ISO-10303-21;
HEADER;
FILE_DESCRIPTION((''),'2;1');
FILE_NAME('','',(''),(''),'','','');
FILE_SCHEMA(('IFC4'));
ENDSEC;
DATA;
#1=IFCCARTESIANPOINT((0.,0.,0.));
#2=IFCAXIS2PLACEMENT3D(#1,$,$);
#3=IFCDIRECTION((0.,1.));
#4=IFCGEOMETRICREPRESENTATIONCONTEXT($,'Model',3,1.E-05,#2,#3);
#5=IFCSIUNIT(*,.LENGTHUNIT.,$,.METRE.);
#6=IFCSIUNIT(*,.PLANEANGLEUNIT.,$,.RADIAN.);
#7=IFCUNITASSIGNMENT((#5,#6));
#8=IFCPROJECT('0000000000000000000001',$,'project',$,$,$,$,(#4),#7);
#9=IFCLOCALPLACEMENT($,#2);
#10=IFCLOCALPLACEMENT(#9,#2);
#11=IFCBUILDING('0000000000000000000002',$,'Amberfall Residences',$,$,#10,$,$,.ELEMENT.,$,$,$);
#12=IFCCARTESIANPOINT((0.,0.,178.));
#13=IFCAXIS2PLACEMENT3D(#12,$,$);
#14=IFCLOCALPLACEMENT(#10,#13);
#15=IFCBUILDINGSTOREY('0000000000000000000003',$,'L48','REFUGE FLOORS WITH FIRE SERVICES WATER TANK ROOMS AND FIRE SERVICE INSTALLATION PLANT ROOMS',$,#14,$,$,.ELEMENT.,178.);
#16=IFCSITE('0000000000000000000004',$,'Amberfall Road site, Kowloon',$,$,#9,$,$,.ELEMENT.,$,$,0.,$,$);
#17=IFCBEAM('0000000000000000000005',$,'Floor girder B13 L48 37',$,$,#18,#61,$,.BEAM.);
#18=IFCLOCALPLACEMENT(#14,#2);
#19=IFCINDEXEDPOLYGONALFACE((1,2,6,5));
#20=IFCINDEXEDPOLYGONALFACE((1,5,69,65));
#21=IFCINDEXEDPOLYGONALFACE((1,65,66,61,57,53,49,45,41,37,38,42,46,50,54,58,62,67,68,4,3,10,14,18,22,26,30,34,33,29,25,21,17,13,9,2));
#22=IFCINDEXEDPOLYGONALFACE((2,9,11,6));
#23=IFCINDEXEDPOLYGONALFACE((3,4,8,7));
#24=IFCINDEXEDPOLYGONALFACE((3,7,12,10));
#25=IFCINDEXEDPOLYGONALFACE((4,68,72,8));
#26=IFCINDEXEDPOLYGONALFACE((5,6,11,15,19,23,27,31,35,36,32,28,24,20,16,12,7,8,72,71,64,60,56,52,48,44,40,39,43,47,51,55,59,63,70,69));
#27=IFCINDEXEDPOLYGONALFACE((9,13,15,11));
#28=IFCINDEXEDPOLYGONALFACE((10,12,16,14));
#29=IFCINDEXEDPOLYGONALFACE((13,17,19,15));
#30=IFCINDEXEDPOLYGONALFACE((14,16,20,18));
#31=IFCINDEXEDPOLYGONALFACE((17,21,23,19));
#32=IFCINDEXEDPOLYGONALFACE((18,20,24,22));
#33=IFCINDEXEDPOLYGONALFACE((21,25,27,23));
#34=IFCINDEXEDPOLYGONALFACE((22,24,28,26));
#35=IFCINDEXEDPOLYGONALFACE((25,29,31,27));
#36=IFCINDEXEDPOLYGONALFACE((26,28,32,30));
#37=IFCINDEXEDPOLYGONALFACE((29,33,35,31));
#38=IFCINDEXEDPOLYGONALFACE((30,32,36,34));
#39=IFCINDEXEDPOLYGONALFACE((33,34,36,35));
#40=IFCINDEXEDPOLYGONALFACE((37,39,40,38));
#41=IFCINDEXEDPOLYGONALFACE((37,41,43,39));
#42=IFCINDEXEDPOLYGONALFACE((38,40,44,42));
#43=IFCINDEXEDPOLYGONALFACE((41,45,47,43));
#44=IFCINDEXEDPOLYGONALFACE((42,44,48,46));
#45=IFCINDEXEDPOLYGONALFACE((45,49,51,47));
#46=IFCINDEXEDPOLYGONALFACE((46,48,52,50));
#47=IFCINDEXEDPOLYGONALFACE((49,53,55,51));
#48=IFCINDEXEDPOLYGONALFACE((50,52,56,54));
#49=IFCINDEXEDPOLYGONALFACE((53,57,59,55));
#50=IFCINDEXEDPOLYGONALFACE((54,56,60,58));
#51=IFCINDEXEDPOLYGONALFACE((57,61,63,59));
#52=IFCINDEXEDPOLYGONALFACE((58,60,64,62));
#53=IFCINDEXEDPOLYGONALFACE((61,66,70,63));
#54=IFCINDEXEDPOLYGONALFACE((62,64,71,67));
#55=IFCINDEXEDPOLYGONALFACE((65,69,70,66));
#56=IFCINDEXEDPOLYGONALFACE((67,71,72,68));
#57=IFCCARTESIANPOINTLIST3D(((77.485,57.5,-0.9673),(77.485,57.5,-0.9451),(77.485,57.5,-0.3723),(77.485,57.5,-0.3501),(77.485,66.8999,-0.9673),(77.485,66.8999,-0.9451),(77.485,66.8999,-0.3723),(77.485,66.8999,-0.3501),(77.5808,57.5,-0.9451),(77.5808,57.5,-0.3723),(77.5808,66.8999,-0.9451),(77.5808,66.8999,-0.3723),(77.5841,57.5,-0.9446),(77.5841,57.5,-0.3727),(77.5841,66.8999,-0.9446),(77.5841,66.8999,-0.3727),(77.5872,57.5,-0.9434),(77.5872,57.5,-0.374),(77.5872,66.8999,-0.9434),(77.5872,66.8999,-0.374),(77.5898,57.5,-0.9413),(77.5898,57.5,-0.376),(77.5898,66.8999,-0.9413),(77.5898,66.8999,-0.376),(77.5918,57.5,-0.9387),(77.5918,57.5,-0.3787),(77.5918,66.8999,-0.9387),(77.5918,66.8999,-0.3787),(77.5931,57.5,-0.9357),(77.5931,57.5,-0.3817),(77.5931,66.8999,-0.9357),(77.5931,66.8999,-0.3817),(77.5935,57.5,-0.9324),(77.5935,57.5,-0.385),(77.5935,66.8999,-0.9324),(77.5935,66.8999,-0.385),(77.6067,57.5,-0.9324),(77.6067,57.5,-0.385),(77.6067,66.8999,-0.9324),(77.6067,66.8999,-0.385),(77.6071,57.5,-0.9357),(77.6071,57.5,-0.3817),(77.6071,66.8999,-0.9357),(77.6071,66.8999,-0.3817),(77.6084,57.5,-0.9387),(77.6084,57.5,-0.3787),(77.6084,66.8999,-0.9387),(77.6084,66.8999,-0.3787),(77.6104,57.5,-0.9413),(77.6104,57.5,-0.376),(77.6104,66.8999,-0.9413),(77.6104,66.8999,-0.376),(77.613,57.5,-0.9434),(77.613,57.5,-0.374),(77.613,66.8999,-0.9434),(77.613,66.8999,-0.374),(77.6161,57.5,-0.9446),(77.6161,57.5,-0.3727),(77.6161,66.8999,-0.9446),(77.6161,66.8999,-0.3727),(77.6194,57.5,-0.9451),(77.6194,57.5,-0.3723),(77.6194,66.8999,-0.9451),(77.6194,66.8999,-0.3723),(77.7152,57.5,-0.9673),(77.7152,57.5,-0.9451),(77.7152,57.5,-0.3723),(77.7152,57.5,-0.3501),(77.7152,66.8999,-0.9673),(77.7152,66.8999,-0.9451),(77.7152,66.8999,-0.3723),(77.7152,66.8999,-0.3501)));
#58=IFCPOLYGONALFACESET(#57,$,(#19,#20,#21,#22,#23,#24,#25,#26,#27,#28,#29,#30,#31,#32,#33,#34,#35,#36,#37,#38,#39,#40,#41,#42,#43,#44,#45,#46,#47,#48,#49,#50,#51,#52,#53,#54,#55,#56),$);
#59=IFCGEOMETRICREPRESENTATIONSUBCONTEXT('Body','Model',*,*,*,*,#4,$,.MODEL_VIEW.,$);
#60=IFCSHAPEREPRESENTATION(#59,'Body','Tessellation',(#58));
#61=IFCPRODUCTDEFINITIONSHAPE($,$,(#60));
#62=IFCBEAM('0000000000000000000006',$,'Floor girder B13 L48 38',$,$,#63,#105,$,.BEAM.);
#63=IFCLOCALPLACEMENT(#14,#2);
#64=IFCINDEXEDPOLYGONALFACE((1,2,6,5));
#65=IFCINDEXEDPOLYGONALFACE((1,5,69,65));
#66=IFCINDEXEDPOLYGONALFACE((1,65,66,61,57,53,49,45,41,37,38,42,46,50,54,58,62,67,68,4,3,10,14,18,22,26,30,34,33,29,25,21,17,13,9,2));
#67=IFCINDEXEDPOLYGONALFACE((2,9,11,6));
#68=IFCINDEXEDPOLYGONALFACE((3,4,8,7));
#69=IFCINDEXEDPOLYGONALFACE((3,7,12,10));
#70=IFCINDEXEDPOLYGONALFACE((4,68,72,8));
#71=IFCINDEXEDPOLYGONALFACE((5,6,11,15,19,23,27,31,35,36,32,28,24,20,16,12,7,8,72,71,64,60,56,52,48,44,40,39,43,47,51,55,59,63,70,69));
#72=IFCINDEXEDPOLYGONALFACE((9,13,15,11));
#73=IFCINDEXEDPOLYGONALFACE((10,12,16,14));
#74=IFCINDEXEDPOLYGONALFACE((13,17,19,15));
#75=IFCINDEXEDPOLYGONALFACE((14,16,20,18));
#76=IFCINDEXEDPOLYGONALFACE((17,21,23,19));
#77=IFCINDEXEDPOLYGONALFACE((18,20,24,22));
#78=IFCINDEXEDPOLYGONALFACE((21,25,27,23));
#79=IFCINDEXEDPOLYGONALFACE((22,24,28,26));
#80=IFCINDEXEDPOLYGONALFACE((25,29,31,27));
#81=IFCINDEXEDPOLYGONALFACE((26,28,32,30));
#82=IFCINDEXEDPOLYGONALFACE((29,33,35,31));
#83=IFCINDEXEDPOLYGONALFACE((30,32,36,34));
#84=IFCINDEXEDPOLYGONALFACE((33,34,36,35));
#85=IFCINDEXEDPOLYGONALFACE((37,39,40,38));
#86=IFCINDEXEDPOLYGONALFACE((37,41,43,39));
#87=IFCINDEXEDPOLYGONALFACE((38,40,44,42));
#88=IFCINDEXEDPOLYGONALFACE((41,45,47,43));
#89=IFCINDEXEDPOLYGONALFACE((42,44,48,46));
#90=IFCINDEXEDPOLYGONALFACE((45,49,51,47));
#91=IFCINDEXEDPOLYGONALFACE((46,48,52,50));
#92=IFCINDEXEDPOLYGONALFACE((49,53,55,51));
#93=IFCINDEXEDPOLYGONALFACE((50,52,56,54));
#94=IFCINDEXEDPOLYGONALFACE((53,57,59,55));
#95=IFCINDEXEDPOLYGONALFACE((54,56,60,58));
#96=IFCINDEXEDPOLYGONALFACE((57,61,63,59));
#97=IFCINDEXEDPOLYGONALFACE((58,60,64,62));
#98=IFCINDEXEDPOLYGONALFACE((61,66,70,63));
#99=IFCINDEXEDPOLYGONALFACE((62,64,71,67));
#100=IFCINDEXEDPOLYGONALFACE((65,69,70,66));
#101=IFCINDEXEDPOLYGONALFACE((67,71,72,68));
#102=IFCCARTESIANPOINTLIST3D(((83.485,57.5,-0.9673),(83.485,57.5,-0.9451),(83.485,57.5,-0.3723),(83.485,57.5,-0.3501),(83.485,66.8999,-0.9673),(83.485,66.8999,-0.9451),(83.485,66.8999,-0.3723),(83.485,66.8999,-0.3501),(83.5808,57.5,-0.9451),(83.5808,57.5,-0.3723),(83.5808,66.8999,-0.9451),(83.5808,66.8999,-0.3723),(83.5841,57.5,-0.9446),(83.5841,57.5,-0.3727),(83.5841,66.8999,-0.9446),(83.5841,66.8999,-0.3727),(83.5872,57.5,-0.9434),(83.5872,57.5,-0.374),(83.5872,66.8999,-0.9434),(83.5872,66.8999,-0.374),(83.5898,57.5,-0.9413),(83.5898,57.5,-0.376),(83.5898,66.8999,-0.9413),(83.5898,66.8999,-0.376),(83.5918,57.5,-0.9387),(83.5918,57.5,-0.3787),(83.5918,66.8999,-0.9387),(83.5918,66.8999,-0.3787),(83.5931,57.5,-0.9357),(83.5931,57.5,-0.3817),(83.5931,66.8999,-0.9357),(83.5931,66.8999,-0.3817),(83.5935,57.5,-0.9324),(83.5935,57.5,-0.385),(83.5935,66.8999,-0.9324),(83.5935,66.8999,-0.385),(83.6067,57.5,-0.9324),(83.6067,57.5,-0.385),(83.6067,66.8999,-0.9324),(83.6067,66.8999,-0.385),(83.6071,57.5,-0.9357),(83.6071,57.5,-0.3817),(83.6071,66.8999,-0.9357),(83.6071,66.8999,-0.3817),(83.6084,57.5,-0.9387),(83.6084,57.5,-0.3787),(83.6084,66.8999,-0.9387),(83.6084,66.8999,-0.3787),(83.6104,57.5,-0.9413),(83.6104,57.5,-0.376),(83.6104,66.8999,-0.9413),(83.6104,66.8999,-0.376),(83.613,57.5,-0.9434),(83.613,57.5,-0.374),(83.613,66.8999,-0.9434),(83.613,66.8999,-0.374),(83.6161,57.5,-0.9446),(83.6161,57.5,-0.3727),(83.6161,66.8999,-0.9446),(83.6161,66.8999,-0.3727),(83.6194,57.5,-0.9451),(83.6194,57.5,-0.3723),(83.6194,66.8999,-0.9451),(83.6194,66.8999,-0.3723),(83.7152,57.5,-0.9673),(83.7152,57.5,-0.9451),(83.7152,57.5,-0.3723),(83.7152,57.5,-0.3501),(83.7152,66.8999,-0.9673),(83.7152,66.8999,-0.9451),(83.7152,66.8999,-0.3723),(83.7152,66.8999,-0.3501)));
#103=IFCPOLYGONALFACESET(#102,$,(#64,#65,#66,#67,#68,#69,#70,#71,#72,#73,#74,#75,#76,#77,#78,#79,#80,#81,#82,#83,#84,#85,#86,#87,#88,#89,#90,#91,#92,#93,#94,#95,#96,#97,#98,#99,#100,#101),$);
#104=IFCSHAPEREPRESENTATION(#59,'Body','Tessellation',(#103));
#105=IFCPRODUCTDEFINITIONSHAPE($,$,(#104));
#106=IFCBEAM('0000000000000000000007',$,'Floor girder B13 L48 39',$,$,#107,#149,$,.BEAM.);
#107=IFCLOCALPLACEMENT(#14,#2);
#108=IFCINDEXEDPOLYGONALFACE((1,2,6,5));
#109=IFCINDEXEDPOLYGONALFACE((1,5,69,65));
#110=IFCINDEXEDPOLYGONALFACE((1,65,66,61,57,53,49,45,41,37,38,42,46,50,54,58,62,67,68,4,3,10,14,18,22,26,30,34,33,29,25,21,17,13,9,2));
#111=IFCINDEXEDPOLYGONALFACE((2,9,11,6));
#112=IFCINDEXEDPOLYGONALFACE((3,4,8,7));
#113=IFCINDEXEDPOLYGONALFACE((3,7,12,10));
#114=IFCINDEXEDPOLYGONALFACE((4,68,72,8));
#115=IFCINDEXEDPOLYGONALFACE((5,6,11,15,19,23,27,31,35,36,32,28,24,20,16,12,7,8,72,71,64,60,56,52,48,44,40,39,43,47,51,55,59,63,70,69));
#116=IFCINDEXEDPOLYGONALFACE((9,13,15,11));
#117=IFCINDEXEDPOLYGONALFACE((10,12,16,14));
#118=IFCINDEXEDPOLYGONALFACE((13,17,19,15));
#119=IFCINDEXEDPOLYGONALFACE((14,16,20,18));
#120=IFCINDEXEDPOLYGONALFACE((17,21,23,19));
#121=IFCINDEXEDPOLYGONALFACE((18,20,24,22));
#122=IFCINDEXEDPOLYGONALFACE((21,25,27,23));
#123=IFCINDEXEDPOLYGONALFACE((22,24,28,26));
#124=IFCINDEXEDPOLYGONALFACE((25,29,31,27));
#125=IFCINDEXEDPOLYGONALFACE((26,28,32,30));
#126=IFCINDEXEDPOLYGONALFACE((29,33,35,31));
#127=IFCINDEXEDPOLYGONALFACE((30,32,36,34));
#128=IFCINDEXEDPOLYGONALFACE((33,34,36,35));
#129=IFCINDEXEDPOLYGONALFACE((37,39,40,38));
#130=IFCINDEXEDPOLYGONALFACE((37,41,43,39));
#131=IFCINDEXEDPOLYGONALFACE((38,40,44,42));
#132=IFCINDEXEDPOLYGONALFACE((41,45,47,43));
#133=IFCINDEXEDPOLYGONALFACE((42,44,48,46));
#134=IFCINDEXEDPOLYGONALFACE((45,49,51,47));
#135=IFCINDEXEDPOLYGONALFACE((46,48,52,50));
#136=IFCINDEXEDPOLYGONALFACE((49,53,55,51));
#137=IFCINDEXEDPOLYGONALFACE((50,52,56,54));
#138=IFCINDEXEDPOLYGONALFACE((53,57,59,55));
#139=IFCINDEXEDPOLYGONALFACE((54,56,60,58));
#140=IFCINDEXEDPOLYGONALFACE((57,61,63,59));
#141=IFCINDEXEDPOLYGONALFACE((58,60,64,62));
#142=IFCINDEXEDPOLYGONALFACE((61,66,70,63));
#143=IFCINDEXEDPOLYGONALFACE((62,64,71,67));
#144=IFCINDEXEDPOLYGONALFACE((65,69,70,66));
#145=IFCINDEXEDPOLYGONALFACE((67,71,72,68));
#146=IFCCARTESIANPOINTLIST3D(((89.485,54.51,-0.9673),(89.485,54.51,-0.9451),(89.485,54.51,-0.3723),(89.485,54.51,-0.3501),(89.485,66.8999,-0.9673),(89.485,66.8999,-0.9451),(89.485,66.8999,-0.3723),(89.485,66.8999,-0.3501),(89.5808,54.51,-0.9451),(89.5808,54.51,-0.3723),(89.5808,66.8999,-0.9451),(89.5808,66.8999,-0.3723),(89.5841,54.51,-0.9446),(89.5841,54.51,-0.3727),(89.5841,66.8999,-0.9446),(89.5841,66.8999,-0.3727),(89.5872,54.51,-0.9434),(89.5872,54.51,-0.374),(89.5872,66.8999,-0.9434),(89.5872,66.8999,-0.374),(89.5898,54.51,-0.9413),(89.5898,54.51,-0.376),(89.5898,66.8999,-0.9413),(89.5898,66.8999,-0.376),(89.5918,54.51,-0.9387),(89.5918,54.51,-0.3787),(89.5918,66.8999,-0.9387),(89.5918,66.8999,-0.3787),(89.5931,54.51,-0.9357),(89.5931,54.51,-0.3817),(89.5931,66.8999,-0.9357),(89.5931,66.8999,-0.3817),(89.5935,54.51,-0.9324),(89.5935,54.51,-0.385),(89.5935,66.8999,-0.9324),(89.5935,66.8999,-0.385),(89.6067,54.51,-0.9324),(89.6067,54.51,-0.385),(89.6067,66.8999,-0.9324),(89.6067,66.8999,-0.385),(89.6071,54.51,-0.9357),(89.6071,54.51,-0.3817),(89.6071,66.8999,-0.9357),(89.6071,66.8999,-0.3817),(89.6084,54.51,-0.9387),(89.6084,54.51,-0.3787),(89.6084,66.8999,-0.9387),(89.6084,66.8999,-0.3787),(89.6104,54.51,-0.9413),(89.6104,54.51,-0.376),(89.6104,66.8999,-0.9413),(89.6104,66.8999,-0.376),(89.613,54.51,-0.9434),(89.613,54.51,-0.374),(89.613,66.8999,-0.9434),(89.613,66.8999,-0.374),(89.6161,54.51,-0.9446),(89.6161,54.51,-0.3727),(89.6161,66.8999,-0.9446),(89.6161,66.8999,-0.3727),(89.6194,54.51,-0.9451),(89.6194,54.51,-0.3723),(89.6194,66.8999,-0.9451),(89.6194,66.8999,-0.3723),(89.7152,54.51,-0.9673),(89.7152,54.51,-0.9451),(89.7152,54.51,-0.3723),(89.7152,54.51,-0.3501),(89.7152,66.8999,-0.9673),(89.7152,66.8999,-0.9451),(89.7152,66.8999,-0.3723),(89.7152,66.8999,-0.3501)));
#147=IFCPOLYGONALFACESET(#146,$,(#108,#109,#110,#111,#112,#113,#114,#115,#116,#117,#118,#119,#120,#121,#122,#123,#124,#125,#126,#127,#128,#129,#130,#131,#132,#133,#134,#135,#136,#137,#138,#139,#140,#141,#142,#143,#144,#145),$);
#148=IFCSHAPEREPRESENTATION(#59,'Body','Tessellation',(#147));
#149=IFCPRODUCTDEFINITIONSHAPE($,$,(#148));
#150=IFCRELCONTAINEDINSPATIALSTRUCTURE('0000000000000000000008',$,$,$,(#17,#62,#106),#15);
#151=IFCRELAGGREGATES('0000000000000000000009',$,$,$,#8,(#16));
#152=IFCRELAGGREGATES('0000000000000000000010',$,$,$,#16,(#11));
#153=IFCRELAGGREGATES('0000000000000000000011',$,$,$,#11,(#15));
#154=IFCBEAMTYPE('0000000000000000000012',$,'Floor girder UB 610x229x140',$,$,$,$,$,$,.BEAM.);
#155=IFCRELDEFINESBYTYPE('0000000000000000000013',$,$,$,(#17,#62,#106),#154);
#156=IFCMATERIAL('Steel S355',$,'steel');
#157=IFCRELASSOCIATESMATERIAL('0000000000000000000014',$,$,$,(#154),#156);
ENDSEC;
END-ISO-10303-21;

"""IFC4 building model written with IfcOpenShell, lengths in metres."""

from ifc_helpers import new_model, si_unit, direction, frame, origin, origin_2d, place, context, subcontext, project, spatial, i_section, extrude, material, material_profile, profile_set, type_object, element, save


model = new_model("IFC4")

# Units and contexts
model_context = context("Model", 3, precision=1e-05, world=origin(), true_north=direction((0.0, 1.0)))
body_context = subcontext(model_context, "Body", "Model", "MODEL_VIEW")
ifc_project = project(units=[si_unit("LENGTHUNIT", "METRE"), si_unit("PLANEANGLEUNIT", "RADIAN")], contexts=[model_context])

# Site, building, storey
site_placement = place(None, origin())
site = spatial("IfcSite", under=ifc_project, at=site_placement, Name="Amberfall Road site, Kowloon", CompositionType="ELEMENT", RefElevation=0.0)
building_placement = place(site_placement, origin())
building = spatial("IfcBuilding", under=site, at=building_placement, Name="Amberfall Residences", CompositionType="ELEMENT")
storey_placement = place(building_placement, frame((0.0, 0.0, 178.0)))
storey = spatial("IfcBuildingStorey", under=building, at=storey_placement, Name="L48", Description="REFUGE FLOORS WITH FIRE SERVICES WATER TANK ROOMS AND FIRE SERVICE INSTALLATION PLANT ROOMS", CompositionType="ELEMENT", Elevation=178.0)

# Beams
ifc_material_1 = material(Name="Steel S355", Category="steel")
ifc_material_profile_1 = material_profile(ifc_material_1, i_section(OverallWidth=0.2302, OverallDepth=0.6172, WebThickness=0.0132, FlangeThickness=0.0222, FilletRadius=0.0127, at=origin_2d()), Name="UB 610x229x140")
ifc_profile_set_1 = profile_set([ifc_material_profile_1], Name="Steel S355")
beam_type_1 = type_object("IfcBeamType", Name="Floor girder UB 610x229x140", PredefinedType="BEAM", material=ifc_profile_set_1)
for number, where, z_axis, x_axis, name in (
    (1, (77.6001, 66.8999, -0.6587), (0.0, -1.0, 0.0), (1.0, 0.0, 0.0), "Floor girder B13 L48 37"),
    (2, (83.6001, 66.8999, -0.6587), (0.0, -1.0, 0.0), (1.0, 0.0, 0.0), "Floor girder B13 L48 38"),
):
    element("IfcBeam", number, at=place(storey_placement, frame(where, z_axis=z_axis, x_axis=x_axis)), inside=storey, type_object=beam_type_1, Name=name, PredefinedType="BEAM", context=body_context, shape_type="SweptSolid", body=[
        extrude(i_section(OverallWidth=0.2302, OverallDepth=0.6172, WebThickness=0.0132, FlangeThickness=0.0222, FilletRadius=0.0127, at=origin_2d()), origin(), (0.0, 0.0, 1.0), 9.3999),
    ])
beam_placement = place(storey_placement, frame((89.6001, 66.8999, -0.6587), z_axis=(0.0, -1.0, 0.0), x_axis=(1.0, 0.0, 0.0)))
element("IfcBeam", 3, at=beam_placement, inside=storey, type_object=beam_type_1, Name="Floor girder B13 L48 39", PredefinedType="BEAM", context=body_context, shape_type="SweptSolid", body=[
    extrude(i_section(OverallWidth=0.2302, OverallDepth=0.6172, WebThickness=0.0132, FlangeThickness=0.0222, FilletRadius=0.0127, at=origin_2d()), origin(), (0.0, 0.0, 1.0), 12.3899),
])

save(model, "model.ifc")
